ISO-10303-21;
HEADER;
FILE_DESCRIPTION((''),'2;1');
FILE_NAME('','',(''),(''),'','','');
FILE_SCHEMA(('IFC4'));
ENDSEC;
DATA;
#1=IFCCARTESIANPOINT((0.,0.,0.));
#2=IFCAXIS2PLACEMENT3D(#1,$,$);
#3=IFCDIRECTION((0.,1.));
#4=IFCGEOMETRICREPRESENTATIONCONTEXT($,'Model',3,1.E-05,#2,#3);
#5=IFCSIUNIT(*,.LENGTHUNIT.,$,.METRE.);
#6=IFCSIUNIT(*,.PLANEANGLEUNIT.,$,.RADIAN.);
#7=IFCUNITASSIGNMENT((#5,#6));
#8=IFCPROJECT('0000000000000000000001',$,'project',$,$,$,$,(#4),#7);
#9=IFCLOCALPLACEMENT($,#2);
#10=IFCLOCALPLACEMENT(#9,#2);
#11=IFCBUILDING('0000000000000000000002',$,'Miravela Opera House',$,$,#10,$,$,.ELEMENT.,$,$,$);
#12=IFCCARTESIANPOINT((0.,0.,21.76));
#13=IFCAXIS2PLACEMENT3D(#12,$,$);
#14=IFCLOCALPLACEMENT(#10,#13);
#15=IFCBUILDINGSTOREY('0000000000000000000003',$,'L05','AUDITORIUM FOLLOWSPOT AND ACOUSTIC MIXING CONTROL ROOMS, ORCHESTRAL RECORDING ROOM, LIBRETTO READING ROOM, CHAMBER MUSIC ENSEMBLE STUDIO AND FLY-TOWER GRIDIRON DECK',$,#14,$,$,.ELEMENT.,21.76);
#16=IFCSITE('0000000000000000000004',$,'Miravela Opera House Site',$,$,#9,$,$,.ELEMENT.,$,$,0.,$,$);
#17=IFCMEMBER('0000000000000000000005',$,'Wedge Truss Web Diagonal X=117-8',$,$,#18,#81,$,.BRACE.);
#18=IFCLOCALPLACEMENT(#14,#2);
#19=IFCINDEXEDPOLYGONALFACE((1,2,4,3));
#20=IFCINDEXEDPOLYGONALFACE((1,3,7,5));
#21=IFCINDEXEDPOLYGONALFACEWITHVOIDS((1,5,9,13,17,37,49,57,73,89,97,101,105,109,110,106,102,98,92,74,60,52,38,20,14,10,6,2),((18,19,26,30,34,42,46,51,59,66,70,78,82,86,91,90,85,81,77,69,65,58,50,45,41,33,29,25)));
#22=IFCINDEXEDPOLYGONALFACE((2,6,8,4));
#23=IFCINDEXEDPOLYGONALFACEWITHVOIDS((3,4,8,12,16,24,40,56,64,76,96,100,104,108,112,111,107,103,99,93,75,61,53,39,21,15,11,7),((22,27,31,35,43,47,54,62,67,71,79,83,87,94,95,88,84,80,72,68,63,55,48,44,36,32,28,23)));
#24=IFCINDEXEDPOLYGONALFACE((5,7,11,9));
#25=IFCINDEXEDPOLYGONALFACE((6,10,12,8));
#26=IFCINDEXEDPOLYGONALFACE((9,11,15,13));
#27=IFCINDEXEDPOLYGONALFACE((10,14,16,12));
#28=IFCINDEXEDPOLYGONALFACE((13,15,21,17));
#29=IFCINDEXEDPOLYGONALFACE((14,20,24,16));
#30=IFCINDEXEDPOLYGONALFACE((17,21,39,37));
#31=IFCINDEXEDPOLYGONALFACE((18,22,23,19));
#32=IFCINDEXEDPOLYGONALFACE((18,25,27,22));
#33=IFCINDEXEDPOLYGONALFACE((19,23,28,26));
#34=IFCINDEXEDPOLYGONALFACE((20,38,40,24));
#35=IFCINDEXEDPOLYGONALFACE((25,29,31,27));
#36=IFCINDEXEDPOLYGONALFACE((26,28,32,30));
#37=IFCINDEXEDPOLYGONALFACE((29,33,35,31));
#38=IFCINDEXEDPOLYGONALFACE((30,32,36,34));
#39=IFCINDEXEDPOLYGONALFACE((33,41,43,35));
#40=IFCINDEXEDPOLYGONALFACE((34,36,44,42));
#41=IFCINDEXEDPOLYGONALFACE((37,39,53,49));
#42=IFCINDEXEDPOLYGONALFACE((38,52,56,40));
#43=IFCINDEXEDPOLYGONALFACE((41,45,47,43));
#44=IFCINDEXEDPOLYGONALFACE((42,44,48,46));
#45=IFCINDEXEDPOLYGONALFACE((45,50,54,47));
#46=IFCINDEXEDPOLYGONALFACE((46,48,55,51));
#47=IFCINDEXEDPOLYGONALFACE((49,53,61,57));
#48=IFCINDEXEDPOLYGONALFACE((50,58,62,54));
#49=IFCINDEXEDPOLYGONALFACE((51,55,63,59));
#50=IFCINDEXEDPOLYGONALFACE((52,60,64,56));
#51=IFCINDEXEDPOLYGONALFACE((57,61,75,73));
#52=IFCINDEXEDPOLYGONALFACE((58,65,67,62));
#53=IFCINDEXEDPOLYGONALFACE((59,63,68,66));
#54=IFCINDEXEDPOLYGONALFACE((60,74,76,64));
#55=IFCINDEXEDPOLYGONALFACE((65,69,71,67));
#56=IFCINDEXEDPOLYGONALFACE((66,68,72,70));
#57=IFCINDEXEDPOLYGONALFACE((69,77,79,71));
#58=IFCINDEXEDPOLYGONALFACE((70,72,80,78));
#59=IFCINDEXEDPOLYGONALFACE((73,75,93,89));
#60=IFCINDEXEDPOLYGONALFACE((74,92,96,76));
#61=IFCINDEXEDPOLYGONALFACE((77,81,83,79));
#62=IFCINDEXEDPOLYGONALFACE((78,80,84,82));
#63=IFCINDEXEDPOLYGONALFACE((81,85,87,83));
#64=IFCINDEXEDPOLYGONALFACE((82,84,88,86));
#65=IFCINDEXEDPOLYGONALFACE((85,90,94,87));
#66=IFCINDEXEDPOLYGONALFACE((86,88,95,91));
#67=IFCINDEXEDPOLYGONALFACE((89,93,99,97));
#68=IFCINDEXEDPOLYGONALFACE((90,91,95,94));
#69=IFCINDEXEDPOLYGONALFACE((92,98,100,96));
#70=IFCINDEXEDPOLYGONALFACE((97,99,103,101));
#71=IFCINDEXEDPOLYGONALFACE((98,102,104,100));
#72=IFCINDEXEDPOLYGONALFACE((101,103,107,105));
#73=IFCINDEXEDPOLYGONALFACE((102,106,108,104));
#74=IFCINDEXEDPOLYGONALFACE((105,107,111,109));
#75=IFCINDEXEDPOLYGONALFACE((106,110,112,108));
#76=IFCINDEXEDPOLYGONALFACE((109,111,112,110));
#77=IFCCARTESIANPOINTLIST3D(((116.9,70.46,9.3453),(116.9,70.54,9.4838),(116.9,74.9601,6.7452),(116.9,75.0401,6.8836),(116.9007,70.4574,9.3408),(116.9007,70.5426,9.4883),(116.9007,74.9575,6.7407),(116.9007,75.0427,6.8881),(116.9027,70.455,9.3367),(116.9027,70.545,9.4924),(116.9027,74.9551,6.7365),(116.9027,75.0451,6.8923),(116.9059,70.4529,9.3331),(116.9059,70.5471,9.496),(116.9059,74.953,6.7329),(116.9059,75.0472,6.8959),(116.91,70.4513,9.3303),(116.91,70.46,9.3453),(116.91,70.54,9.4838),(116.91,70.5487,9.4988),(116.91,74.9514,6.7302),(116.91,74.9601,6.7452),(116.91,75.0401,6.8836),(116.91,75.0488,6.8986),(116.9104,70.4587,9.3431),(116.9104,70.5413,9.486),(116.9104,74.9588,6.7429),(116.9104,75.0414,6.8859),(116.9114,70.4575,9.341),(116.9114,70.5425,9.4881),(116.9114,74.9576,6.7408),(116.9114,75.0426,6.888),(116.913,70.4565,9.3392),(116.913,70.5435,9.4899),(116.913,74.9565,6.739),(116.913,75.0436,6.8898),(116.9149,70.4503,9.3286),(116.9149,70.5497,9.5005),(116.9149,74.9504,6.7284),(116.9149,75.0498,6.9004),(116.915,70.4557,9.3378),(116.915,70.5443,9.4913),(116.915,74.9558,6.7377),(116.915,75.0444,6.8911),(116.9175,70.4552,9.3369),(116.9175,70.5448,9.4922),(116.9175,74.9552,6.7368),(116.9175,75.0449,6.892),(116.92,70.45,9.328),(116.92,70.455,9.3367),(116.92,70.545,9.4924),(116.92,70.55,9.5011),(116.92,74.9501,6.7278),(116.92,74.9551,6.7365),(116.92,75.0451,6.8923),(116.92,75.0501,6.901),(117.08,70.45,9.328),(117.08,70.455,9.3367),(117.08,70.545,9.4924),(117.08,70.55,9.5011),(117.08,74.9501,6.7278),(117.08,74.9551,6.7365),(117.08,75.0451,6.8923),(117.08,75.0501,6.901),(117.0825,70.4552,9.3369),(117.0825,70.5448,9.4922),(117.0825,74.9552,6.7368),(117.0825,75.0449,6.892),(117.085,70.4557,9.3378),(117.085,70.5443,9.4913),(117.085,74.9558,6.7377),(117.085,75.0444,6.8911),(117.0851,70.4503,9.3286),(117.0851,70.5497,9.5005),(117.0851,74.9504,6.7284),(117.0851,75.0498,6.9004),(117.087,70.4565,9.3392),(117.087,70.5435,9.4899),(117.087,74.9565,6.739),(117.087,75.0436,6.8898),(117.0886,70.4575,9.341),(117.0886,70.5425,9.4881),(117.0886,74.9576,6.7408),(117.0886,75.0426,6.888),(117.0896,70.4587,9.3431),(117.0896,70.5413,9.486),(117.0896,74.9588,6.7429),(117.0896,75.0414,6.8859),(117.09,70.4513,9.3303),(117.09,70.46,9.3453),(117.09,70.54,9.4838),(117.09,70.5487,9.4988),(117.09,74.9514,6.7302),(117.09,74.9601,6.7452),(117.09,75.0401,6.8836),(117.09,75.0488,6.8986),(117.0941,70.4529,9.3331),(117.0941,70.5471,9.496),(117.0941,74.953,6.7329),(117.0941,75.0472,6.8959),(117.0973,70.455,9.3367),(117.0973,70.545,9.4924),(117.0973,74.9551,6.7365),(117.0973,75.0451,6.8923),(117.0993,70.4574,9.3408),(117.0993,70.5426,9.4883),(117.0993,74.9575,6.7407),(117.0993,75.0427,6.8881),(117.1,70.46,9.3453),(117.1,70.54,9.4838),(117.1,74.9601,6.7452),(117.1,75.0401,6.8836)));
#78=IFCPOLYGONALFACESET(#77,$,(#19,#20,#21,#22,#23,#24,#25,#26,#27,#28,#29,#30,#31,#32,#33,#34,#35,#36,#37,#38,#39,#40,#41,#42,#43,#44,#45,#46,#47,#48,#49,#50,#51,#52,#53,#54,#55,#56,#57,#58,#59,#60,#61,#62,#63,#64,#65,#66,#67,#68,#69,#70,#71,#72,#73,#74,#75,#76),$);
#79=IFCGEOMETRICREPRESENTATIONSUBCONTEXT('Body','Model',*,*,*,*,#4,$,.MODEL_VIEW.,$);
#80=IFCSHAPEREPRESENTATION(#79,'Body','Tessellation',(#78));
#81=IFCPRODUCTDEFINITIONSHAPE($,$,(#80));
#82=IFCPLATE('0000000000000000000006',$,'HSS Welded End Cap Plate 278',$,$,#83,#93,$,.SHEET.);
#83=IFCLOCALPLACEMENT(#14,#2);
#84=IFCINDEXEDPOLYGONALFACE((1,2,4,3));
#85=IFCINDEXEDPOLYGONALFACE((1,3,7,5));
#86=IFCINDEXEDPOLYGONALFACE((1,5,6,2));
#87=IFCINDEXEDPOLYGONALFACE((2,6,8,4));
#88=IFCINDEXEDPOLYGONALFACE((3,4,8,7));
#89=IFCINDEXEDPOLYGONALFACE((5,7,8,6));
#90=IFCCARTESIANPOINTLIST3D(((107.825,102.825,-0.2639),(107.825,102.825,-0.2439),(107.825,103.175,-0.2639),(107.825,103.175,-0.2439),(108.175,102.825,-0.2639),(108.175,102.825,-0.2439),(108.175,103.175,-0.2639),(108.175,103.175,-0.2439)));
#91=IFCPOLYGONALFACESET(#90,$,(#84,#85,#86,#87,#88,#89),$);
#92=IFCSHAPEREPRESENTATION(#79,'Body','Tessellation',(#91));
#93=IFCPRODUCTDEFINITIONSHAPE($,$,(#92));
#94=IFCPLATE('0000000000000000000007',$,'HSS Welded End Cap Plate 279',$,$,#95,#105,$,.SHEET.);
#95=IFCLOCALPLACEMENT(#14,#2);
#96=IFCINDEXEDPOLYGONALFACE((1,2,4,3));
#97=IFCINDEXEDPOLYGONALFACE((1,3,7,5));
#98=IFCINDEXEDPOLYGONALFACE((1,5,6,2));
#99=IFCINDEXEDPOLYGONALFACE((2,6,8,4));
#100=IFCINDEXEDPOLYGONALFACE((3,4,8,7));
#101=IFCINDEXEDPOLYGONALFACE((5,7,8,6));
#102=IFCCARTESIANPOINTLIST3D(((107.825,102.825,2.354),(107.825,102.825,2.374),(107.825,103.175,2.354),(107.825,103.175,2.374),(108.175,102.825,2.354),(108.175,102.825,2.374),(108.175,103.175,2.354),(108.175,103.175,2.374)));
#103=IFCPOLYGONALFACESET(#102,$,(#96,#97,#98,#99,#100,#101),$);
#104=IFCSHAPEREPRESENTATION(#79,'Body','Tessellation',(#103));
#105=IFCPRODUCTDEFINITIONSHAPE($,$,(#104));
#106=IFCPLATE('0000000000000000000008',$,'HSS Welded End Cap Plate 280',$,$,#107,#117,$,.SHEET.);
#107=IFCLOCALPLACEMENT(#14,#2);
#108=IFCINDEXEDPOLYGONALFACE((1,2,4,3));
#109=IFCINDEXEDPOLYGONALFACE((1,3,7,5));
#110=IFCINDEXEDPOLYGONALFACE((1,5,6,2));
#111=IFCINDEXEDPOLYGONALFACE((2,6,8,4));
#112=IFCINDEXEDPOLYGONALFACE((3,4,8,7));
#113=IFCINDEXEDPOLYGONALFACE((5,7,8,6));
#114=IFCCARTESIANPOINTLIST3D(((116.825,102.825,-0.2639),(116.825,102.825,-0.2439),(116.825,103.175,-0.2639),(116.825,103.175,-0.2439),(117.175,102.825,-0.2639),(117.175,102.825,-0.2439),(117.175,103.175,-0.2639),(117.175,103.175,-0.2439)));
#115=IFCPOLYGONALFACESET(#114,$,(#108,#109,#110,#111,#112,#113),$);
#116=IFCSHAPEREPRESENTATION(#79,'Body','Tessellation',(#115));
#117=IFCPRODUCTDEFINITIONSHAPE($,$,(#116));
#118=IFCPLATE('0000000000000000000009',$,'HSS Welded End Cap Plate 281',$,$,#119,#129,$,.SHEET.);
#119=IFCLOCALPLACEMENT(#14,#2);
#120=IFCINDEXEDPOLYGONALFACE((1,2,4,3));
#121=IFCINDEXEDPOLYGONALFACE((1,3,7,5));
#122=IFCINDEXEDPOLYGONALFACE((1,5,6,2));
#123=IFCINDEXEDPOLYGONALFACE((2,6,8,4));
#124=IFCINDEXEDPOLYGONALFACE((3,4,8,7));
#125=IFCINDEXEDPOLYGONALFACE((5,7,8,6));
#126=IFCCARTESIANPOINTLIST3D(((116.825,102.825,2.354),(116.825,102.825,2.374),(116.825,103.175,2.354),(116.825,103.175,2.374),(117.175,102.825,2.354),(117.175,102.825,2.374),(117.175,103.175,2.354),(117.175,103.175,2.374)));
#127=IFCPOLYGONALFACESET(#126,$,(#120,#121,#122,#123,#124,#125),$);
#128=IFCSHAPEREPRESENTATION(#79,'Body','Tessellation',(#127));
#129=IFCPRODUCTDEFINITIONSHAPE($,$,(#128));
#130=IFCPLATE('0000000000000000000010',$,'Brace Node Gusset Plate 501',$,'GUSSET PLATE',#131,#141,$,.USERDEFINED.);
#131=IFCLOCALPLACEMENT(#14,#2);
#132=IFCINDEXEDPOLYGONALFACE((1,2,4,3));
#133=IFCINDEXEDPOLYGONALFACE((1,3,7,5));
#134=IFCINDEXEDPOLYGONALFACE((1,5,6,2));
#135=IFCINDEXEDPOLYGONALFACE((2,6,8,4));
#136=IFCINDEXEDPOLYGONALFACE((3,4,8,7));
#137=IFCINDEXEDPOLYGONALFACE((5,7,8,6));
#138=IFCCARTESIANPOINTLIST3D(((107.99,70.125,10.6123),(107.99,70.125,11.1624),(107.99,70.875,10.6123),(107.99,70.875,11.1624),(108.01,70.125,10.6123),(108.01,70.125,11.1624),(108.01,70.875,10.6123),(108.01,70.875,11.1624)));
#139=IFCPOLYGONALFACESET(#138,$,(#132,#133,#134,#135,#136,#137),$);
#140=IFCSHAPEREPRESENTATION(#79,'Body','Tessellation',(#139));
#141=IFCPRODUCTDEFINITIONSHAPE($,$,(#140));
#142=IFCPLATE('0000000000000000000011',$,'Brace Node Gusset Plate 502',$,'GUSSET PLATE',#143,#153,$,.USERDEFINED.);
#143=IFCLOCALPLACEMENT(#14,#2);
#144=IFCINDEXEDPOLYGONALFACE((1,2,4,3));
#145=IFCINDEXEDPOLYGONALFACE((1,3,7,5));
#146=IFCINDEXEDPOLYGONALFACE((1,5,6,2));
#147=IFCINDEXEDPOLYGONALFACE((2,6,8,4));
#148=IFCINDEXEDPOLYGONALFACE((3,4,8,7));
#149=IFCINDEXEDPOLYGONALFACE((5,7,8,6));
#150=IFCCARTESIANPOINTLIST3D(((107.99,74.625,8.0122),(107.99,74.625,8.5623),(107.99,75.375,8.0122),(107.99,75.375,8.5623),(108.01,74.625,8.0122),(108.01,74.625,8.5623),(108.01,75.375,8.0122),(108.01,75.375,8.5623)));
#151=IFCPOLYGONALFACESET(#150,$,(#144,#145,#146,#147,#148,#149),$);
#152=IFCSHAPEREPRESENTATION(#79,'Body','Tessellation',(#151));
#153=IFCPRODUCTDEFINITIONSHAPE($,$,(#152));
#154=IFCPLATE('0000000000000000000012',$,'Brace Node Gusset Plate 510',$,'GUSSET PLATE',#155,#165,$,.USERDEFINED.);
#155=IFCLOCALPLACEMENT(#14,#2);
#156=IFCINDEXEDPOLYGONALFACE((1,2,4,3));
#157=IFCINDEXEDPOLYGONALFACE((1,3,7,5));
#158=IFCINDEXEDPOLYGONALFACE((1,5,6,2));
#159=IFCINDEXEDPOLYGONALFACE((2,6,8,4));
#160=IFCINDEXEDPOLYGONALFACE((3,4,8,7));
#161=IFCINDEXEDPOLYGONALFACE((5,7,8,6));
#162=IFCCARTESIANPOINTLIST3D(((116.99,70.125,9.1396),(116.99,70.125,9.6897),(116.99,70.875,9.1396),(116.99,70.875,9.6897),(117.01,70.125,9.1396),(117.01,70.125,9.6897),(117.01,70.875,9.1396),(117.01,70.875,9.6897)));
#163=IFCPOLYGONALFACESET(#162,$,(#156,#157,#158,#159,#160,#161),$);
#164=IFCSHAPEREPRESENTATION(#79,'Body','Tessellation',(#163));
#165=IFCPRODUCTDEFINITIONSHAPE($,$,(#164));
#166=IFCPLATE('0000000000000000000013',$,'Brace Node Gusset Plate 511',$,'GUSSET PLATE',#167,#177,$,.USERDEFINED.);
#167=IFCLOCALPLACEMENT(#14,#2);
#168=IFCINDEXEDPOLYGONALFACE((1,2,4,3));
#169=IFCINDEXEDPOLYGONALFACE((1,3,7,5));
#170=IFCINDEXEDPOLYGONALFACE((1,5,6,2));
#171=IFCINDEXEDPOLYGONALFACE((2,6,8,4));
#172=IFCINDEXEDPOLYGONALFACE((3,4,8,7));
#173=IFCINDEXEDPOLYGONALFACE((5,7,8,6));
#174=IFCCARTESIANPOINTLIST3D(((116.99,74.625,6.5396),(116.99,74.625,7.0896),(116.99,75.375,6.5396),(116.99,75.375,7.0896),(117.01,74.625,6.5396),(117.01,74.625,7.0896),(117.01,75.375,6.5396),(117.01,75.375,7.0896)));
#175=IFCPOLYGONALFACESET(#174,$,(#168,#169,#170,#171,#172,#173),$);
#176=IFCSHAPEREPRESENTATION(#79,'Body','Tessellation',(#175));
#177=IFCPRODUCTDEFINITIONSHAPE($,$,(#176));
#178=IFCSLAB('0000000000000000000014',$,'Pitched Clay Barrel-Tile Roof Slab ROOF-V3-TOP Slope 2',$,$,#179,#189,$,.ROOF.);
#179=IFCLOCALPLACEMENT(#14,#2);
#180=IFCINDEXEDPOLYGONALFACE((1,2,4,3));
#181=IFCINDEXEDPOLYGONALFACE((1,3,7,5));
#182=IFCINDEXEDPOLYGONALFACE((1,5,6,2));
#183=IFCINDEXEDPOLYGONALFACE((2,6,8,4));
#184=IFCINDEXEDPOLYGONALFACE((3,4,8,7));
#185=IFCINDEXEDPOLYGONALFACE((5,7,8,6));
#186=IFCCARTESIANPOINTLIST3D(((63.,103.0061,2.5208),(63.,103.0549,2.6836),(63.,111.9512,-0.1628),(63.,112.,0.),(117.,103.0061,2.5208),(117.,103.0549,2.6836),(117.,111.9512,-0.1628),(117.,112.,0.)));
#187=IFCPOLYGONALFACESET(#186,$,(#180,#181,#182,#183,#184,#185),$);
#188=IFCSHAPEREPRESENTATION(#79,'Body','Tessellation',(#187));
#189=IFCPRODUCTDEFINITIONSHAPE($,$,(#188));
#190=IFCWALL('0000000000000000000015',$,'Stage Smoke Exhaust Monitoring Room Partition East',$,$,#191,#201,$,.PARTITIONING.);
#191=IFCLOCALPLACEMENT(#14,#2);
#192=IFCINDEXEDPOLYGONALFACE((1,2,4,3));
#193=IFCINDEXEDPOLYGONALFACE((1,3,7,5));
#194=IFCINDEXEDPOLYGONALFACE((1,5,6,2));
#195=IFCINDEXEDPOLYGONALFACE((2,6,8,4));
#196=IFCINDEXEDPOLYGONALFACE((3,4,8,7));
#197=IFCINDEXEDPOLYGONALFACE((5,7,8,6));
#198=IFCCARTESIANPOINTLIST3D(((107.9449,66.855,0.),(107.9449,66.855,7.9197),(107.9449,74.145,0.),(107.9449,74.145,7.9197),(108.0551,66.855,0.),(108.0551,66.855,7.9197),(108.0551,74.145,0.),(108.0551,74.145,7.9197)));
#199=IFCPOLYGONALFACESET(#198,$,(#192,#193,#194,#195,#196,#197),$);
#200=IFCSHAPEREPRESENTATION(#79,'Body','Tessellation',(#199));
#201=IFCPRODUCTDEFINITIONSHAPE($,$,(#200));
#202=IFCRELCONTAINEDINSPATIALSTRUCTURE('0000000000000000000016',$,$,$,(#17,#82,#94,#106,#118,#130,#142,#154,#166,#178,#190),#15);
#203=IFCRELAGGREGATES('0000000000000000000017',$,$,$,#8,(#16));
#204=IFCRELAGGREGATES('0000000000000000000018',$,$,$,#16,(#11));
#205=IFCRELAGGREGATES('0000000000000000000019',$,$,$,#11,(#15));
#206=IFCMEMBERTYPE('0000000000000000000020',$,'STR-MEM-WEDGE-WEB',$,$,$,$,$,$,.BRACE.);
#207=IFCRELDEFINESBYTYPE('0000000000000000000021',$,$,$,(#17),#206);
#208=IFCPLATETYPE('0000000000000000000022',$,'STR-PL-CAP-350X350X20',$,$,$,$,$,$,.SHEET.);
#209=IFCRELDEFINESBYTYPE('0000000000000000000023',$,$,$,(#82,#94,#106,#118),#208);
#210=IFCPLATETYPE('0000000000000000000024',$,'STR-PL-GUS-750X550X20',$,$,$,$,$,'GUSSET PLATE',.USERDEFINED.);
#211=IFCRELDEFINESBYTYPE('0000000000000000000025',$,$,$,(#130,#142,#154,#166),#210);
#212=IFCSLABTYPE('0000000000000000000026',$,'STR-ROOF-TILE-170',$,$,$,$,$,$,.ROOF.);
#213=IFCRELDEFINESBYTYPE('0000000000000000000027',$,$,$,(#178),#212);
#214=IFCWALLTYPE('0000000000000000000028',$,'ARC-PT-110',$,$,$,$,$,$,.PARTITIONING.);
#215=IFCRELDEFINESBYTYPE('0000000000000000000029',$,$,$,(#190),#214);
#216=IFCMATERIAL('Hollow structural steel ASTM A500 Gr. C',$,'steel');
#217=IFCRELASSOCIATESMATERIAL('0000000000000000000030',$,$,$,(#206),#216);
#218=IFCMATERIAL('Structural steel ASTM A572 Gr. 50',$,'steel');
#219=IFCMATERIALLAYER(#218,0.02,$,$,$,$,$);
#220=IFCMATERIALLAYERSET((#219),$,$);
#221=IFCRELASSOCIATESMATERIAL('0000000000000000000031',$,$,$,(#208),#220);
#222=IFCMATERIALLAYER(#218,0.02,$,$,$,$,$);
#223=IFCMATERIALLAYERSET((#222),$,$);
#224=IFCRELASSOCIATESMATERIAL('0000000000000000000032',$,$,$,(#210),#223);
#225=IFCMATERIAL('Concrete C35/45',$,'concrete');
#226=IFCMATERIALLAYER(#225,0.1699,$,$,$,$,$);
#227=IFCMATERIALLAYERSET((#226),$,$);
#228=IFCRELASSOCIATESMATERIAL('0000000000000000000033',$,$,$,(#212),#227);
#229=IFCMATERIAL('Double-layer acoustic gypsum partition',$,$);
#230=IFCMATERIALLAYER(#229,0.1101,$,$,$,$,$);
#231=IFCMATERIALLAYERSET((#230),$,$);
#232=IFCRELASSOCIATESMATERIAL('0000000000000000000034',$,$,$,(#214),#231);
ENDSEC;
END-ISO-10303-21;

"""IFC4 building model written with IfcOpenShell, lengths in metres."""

from ifc_helpers import new_model, si_unit, direction, frame, frame_2d, origin, origin_2d, place, context, subcontext, project, spatial, polyline, rectangle, hollow_rectangle, outline, extrude, material, layer, layer_set, material_profile, profile_set, type_object, element, save


model = new_model("IFC4")

# Units and contexts
model_context = context("Model", 3, precision=1e-05, world=origin(), true_north=direction((0.0, 1.0)))
body_context = subcontext(model_context, "Body", "Model", "MODEL_VIEW")
ifc_project = project(units=[si_unit("LENGTHUNIT", "METRE"), si_unit("PLANEANGLEUNIT", "RADIAN")], contexts=[model_context])

# Site, building, storey
site_placement = place(None, origin())
site = spatial("IfcSite", under=ifc_project, at=site_placement, Name="Miravela Opera House Site", CompositionType="ELEMENT", RefElevation=0.0)
building_placement = place(site_placement, origin())
building = spatial("IfcBuilding", under=site, at=building_placement, Name="Miravela Opera House", CompositionType="ELEMENT")
storey_placement = place(building_placement, frame((0.0, 0.0, 21.76)))
storey = spatial("IfcBuildingStorey", under=building, at=storey_placement, Name="L05", Description="AUDITORIUM FOLLOWSPOT AND ACOUSTIC MIXING CONTROL ROOMS, ORCHESTRAL RECORDING ROOM, LIBRETTO READING ROOM, CHAMBER MUSIC ENSEMBLE STUDIO AND FLY-TOWER GRIDIRON DECK", CompositionType="ELEMENT", Elevation=21.76)

# Shared definitions
ifc_material_1 = material(Name="Concrete C35/45", Category="concrete")

# Member
ifc_material_2 = material(Name="Hollow structural steel ASTM A500 Gr. C", Category="steel")
ifc_material_profile_1 = material_profile(ifc_material_2, hollow_rectangle(XDim=0.2, YDim=0.2, WallThickness=0.01, InnerFilletRadius=0.01, OuterFilletRadius=0.02, at=origin_2d()), Name="HSS200X200X10")
ifc_profile_set_1 = profile_set([ifc_material_profile_1])
member_type_1 = type_object("IfcMemberType", Name="STR-MEM-WEDGE-WEB", PredefinedType="BRACE", material=ifc_profile_set_1)
member_1_placement = place(storey_placement, frame((117.0, 70.5, 9.4146), z_axis=(0.0, 0.865857, -0.500292), x_axis=(-1.0, 0.0, 0.0)))
element("IfcMember", 1, at=member_1_placement, inside=storey, type_object=member_type_1, Name="Wedge Truss Web Diagonal X=117-8", PredefinedType="BRACE", context=body_context, shape_type="SweptSolid", body=[
    extrude(hollow_rectangle(XDim=0.2, YDim=0.2, WallThickness=0.01, InnerFilletRadius=0.01, OuterFilletRadius=0.02, at=origin_2d()), origin(), (0.0, 0.0, 1.0), 5.1973),
])

# Plates
ifc_material_3 = material(Name="Structural steel ASTM A572 Gr. 50", Category="steel")
ifc_layer_1 = layer(ifc_material_3, 0.02)
ifc_layer_set_1 = layer_set([ifc_layer_1])
plate_type_1 = type_object("IfcPlateType", Name="STR-PL-CAP-350X350X20", PredefinedType="SHEET", material=ifc_layer_set_1)
for number, where, z_axis, x_axis, name in (
    (2, (108.0, 103.0, -0.2639), (0.0, 0.0, 1.0), (1.0, 0.0, 0.0), "HSS Welded End Cap Plate 278"),
    (3, (108.0, 103.0, 2.354), (0.0, 0.0, 1.0), (1.0, 0.0, 0.0), "HSS Welded End Cap Plate 279"),
    (4, (117.0, 103.0, -0.2639), (0.0, 0.0, 1.0), (1.0, 0.0, 0.0), "HSS Welded End Cap Plate 280"),
    (5, (117.0, 103.0, 2.354), (0.0, 0.0, 1.0), (1.0, 0.0, 0.0), "HSS Welded End Cap Plate 281"),
):
    element("IfcPlate", number, at=place(storey_placement, frame(where, z_axis=z_axis, x_axis=x_axis)), inside=storey, type_object=plate_type_1, Name=name, PredefinedType="SHEET", context=body_context, shape_type="SweptSolid", body=[
        extrude(rectangle(XDim=0.3501, YDim=0.3501, at=origin_2d()), origin(), (0.0, 0.0, 1.0), 0.02),
    ])
ifc_layer_2 = layer(ifc_material_3, 0.02)
ifc_layer_set_2 = layer_set([ifc_layer_2])
plate_type_2 = type_object("IfcPlateType", Name="STR-PL-GUS-750X550X20", ElementType="GUSSET PLATE", PredefinedType="USERDEFINED", material=ifc_layer_set_2)
for number, where, z_axis, x_axis, name in (
    (6, (108.0, 70.5, 10.6123), (0.0, 0.0, 1.0), (0.0, 1.0, 0.0), "Brace Node Gusset Plate 501"),
    (7, (108.0, 75.0, 8.0122), (0.0, 0.0, 1.0), (0.0, 1.0, 0.0), "Brace Node Gusset Plate 502"),
    (8, (117.0, 70.5, 9.1396), (0.0, 0.0, 1.0), (0.0, 1.0, 0.0), "Brace Node Gusset Plate 510"),
    (9, (117.0, 75.0, 6.5396), (0.0, 0.0, 1.0), (0.0, 1.0, 0.0), "Brace Node Gusset Plate 511"),
):
    element("IfcPlate", number, at=place(storey_placement, frame(where, z_axis=z_axis, x_axis=x_axis)), inside=storey, type_object=plate_type_2, Name=name, ObjectType="GUSSET PLATE", PredefinedType="USERDEFINED", context=body_context, shape_type="SweptSolid", body=[
        extrude(rectangle(XDim=0.75, YDim=0.02, at=origin_2d()), origin(), (0.0, 0.0, 1.0), 0.55),
    ])

# Slab
ifc_layer_3 = layer(ifc_material_1, 0.1699)
ifc_layer_set_3 = layer_set([ifc_layer_3])
slab_type = type_object("IfcSlabType", Name="STR-ROOF-TILE-170", PredefinedType="ROOF", material=ifc_layer_set_3)
slab_placement = place(storey_placement, frame((117.0, 112.0, 0.0), z_axis=(0.0, 0.287355, 0.957824), x_axis=(-1.0, 0.0, 0.0)))
element("IfcSlab", 10, at=slab_placement, inside=storey, type_object=slab_type, Name="Pitched Clay Barrel-Tile Roof Slab ROOF-V3-TOP Slope 2", PredefinedType="ROOF", context=body_context, shape_type="SweptSolid", body=[
    extrude(outline(polyline([(0.0, 0.0), (54.0, 0.0), (54.0, 9.3389), (0.0, 9.3389), (0.0, 0.0)])), origin(), (0.0, 0.0, -1.0), 0.1699),
])

# Wall
ifc_material_4 = material(Name="Double-layer acoustic gypsum partition")
ifc_layer_4 = layer(ifc_material_4, 0.1101)
ifc_layer_set_4 = layer_set([ifc_layer_4])
wall_type_1 = type_object("IfcWallType", Name="ARC-PT-110", PredefinedType="PARTITIONING", material=ifc_layer_set_4)
wall_1_placement = place(storey_placement, frame((108.0, 66.855, 0.0), z_axis=(0.0, 0.0, 1.0), x_axis=(0.0, 1.0, 0.0)))
element("IfcWall", 11, at=wall_1_placement, inside=storey, type_object=wall_type_1, Name="Stage Smoke Exhaust Monitoring Room Partition East", PredefinedType="PARTITIONING", context=body_context, shape_type="SweptSolid", body=[
    extrude(rectangle(XDim=7.29, YDim=0.1101, at=frame_2d((3.645, 0.0))), origin(), (0.0, 0.0, 1.0), 7.9197),
])

save(model, "model.ifc")
